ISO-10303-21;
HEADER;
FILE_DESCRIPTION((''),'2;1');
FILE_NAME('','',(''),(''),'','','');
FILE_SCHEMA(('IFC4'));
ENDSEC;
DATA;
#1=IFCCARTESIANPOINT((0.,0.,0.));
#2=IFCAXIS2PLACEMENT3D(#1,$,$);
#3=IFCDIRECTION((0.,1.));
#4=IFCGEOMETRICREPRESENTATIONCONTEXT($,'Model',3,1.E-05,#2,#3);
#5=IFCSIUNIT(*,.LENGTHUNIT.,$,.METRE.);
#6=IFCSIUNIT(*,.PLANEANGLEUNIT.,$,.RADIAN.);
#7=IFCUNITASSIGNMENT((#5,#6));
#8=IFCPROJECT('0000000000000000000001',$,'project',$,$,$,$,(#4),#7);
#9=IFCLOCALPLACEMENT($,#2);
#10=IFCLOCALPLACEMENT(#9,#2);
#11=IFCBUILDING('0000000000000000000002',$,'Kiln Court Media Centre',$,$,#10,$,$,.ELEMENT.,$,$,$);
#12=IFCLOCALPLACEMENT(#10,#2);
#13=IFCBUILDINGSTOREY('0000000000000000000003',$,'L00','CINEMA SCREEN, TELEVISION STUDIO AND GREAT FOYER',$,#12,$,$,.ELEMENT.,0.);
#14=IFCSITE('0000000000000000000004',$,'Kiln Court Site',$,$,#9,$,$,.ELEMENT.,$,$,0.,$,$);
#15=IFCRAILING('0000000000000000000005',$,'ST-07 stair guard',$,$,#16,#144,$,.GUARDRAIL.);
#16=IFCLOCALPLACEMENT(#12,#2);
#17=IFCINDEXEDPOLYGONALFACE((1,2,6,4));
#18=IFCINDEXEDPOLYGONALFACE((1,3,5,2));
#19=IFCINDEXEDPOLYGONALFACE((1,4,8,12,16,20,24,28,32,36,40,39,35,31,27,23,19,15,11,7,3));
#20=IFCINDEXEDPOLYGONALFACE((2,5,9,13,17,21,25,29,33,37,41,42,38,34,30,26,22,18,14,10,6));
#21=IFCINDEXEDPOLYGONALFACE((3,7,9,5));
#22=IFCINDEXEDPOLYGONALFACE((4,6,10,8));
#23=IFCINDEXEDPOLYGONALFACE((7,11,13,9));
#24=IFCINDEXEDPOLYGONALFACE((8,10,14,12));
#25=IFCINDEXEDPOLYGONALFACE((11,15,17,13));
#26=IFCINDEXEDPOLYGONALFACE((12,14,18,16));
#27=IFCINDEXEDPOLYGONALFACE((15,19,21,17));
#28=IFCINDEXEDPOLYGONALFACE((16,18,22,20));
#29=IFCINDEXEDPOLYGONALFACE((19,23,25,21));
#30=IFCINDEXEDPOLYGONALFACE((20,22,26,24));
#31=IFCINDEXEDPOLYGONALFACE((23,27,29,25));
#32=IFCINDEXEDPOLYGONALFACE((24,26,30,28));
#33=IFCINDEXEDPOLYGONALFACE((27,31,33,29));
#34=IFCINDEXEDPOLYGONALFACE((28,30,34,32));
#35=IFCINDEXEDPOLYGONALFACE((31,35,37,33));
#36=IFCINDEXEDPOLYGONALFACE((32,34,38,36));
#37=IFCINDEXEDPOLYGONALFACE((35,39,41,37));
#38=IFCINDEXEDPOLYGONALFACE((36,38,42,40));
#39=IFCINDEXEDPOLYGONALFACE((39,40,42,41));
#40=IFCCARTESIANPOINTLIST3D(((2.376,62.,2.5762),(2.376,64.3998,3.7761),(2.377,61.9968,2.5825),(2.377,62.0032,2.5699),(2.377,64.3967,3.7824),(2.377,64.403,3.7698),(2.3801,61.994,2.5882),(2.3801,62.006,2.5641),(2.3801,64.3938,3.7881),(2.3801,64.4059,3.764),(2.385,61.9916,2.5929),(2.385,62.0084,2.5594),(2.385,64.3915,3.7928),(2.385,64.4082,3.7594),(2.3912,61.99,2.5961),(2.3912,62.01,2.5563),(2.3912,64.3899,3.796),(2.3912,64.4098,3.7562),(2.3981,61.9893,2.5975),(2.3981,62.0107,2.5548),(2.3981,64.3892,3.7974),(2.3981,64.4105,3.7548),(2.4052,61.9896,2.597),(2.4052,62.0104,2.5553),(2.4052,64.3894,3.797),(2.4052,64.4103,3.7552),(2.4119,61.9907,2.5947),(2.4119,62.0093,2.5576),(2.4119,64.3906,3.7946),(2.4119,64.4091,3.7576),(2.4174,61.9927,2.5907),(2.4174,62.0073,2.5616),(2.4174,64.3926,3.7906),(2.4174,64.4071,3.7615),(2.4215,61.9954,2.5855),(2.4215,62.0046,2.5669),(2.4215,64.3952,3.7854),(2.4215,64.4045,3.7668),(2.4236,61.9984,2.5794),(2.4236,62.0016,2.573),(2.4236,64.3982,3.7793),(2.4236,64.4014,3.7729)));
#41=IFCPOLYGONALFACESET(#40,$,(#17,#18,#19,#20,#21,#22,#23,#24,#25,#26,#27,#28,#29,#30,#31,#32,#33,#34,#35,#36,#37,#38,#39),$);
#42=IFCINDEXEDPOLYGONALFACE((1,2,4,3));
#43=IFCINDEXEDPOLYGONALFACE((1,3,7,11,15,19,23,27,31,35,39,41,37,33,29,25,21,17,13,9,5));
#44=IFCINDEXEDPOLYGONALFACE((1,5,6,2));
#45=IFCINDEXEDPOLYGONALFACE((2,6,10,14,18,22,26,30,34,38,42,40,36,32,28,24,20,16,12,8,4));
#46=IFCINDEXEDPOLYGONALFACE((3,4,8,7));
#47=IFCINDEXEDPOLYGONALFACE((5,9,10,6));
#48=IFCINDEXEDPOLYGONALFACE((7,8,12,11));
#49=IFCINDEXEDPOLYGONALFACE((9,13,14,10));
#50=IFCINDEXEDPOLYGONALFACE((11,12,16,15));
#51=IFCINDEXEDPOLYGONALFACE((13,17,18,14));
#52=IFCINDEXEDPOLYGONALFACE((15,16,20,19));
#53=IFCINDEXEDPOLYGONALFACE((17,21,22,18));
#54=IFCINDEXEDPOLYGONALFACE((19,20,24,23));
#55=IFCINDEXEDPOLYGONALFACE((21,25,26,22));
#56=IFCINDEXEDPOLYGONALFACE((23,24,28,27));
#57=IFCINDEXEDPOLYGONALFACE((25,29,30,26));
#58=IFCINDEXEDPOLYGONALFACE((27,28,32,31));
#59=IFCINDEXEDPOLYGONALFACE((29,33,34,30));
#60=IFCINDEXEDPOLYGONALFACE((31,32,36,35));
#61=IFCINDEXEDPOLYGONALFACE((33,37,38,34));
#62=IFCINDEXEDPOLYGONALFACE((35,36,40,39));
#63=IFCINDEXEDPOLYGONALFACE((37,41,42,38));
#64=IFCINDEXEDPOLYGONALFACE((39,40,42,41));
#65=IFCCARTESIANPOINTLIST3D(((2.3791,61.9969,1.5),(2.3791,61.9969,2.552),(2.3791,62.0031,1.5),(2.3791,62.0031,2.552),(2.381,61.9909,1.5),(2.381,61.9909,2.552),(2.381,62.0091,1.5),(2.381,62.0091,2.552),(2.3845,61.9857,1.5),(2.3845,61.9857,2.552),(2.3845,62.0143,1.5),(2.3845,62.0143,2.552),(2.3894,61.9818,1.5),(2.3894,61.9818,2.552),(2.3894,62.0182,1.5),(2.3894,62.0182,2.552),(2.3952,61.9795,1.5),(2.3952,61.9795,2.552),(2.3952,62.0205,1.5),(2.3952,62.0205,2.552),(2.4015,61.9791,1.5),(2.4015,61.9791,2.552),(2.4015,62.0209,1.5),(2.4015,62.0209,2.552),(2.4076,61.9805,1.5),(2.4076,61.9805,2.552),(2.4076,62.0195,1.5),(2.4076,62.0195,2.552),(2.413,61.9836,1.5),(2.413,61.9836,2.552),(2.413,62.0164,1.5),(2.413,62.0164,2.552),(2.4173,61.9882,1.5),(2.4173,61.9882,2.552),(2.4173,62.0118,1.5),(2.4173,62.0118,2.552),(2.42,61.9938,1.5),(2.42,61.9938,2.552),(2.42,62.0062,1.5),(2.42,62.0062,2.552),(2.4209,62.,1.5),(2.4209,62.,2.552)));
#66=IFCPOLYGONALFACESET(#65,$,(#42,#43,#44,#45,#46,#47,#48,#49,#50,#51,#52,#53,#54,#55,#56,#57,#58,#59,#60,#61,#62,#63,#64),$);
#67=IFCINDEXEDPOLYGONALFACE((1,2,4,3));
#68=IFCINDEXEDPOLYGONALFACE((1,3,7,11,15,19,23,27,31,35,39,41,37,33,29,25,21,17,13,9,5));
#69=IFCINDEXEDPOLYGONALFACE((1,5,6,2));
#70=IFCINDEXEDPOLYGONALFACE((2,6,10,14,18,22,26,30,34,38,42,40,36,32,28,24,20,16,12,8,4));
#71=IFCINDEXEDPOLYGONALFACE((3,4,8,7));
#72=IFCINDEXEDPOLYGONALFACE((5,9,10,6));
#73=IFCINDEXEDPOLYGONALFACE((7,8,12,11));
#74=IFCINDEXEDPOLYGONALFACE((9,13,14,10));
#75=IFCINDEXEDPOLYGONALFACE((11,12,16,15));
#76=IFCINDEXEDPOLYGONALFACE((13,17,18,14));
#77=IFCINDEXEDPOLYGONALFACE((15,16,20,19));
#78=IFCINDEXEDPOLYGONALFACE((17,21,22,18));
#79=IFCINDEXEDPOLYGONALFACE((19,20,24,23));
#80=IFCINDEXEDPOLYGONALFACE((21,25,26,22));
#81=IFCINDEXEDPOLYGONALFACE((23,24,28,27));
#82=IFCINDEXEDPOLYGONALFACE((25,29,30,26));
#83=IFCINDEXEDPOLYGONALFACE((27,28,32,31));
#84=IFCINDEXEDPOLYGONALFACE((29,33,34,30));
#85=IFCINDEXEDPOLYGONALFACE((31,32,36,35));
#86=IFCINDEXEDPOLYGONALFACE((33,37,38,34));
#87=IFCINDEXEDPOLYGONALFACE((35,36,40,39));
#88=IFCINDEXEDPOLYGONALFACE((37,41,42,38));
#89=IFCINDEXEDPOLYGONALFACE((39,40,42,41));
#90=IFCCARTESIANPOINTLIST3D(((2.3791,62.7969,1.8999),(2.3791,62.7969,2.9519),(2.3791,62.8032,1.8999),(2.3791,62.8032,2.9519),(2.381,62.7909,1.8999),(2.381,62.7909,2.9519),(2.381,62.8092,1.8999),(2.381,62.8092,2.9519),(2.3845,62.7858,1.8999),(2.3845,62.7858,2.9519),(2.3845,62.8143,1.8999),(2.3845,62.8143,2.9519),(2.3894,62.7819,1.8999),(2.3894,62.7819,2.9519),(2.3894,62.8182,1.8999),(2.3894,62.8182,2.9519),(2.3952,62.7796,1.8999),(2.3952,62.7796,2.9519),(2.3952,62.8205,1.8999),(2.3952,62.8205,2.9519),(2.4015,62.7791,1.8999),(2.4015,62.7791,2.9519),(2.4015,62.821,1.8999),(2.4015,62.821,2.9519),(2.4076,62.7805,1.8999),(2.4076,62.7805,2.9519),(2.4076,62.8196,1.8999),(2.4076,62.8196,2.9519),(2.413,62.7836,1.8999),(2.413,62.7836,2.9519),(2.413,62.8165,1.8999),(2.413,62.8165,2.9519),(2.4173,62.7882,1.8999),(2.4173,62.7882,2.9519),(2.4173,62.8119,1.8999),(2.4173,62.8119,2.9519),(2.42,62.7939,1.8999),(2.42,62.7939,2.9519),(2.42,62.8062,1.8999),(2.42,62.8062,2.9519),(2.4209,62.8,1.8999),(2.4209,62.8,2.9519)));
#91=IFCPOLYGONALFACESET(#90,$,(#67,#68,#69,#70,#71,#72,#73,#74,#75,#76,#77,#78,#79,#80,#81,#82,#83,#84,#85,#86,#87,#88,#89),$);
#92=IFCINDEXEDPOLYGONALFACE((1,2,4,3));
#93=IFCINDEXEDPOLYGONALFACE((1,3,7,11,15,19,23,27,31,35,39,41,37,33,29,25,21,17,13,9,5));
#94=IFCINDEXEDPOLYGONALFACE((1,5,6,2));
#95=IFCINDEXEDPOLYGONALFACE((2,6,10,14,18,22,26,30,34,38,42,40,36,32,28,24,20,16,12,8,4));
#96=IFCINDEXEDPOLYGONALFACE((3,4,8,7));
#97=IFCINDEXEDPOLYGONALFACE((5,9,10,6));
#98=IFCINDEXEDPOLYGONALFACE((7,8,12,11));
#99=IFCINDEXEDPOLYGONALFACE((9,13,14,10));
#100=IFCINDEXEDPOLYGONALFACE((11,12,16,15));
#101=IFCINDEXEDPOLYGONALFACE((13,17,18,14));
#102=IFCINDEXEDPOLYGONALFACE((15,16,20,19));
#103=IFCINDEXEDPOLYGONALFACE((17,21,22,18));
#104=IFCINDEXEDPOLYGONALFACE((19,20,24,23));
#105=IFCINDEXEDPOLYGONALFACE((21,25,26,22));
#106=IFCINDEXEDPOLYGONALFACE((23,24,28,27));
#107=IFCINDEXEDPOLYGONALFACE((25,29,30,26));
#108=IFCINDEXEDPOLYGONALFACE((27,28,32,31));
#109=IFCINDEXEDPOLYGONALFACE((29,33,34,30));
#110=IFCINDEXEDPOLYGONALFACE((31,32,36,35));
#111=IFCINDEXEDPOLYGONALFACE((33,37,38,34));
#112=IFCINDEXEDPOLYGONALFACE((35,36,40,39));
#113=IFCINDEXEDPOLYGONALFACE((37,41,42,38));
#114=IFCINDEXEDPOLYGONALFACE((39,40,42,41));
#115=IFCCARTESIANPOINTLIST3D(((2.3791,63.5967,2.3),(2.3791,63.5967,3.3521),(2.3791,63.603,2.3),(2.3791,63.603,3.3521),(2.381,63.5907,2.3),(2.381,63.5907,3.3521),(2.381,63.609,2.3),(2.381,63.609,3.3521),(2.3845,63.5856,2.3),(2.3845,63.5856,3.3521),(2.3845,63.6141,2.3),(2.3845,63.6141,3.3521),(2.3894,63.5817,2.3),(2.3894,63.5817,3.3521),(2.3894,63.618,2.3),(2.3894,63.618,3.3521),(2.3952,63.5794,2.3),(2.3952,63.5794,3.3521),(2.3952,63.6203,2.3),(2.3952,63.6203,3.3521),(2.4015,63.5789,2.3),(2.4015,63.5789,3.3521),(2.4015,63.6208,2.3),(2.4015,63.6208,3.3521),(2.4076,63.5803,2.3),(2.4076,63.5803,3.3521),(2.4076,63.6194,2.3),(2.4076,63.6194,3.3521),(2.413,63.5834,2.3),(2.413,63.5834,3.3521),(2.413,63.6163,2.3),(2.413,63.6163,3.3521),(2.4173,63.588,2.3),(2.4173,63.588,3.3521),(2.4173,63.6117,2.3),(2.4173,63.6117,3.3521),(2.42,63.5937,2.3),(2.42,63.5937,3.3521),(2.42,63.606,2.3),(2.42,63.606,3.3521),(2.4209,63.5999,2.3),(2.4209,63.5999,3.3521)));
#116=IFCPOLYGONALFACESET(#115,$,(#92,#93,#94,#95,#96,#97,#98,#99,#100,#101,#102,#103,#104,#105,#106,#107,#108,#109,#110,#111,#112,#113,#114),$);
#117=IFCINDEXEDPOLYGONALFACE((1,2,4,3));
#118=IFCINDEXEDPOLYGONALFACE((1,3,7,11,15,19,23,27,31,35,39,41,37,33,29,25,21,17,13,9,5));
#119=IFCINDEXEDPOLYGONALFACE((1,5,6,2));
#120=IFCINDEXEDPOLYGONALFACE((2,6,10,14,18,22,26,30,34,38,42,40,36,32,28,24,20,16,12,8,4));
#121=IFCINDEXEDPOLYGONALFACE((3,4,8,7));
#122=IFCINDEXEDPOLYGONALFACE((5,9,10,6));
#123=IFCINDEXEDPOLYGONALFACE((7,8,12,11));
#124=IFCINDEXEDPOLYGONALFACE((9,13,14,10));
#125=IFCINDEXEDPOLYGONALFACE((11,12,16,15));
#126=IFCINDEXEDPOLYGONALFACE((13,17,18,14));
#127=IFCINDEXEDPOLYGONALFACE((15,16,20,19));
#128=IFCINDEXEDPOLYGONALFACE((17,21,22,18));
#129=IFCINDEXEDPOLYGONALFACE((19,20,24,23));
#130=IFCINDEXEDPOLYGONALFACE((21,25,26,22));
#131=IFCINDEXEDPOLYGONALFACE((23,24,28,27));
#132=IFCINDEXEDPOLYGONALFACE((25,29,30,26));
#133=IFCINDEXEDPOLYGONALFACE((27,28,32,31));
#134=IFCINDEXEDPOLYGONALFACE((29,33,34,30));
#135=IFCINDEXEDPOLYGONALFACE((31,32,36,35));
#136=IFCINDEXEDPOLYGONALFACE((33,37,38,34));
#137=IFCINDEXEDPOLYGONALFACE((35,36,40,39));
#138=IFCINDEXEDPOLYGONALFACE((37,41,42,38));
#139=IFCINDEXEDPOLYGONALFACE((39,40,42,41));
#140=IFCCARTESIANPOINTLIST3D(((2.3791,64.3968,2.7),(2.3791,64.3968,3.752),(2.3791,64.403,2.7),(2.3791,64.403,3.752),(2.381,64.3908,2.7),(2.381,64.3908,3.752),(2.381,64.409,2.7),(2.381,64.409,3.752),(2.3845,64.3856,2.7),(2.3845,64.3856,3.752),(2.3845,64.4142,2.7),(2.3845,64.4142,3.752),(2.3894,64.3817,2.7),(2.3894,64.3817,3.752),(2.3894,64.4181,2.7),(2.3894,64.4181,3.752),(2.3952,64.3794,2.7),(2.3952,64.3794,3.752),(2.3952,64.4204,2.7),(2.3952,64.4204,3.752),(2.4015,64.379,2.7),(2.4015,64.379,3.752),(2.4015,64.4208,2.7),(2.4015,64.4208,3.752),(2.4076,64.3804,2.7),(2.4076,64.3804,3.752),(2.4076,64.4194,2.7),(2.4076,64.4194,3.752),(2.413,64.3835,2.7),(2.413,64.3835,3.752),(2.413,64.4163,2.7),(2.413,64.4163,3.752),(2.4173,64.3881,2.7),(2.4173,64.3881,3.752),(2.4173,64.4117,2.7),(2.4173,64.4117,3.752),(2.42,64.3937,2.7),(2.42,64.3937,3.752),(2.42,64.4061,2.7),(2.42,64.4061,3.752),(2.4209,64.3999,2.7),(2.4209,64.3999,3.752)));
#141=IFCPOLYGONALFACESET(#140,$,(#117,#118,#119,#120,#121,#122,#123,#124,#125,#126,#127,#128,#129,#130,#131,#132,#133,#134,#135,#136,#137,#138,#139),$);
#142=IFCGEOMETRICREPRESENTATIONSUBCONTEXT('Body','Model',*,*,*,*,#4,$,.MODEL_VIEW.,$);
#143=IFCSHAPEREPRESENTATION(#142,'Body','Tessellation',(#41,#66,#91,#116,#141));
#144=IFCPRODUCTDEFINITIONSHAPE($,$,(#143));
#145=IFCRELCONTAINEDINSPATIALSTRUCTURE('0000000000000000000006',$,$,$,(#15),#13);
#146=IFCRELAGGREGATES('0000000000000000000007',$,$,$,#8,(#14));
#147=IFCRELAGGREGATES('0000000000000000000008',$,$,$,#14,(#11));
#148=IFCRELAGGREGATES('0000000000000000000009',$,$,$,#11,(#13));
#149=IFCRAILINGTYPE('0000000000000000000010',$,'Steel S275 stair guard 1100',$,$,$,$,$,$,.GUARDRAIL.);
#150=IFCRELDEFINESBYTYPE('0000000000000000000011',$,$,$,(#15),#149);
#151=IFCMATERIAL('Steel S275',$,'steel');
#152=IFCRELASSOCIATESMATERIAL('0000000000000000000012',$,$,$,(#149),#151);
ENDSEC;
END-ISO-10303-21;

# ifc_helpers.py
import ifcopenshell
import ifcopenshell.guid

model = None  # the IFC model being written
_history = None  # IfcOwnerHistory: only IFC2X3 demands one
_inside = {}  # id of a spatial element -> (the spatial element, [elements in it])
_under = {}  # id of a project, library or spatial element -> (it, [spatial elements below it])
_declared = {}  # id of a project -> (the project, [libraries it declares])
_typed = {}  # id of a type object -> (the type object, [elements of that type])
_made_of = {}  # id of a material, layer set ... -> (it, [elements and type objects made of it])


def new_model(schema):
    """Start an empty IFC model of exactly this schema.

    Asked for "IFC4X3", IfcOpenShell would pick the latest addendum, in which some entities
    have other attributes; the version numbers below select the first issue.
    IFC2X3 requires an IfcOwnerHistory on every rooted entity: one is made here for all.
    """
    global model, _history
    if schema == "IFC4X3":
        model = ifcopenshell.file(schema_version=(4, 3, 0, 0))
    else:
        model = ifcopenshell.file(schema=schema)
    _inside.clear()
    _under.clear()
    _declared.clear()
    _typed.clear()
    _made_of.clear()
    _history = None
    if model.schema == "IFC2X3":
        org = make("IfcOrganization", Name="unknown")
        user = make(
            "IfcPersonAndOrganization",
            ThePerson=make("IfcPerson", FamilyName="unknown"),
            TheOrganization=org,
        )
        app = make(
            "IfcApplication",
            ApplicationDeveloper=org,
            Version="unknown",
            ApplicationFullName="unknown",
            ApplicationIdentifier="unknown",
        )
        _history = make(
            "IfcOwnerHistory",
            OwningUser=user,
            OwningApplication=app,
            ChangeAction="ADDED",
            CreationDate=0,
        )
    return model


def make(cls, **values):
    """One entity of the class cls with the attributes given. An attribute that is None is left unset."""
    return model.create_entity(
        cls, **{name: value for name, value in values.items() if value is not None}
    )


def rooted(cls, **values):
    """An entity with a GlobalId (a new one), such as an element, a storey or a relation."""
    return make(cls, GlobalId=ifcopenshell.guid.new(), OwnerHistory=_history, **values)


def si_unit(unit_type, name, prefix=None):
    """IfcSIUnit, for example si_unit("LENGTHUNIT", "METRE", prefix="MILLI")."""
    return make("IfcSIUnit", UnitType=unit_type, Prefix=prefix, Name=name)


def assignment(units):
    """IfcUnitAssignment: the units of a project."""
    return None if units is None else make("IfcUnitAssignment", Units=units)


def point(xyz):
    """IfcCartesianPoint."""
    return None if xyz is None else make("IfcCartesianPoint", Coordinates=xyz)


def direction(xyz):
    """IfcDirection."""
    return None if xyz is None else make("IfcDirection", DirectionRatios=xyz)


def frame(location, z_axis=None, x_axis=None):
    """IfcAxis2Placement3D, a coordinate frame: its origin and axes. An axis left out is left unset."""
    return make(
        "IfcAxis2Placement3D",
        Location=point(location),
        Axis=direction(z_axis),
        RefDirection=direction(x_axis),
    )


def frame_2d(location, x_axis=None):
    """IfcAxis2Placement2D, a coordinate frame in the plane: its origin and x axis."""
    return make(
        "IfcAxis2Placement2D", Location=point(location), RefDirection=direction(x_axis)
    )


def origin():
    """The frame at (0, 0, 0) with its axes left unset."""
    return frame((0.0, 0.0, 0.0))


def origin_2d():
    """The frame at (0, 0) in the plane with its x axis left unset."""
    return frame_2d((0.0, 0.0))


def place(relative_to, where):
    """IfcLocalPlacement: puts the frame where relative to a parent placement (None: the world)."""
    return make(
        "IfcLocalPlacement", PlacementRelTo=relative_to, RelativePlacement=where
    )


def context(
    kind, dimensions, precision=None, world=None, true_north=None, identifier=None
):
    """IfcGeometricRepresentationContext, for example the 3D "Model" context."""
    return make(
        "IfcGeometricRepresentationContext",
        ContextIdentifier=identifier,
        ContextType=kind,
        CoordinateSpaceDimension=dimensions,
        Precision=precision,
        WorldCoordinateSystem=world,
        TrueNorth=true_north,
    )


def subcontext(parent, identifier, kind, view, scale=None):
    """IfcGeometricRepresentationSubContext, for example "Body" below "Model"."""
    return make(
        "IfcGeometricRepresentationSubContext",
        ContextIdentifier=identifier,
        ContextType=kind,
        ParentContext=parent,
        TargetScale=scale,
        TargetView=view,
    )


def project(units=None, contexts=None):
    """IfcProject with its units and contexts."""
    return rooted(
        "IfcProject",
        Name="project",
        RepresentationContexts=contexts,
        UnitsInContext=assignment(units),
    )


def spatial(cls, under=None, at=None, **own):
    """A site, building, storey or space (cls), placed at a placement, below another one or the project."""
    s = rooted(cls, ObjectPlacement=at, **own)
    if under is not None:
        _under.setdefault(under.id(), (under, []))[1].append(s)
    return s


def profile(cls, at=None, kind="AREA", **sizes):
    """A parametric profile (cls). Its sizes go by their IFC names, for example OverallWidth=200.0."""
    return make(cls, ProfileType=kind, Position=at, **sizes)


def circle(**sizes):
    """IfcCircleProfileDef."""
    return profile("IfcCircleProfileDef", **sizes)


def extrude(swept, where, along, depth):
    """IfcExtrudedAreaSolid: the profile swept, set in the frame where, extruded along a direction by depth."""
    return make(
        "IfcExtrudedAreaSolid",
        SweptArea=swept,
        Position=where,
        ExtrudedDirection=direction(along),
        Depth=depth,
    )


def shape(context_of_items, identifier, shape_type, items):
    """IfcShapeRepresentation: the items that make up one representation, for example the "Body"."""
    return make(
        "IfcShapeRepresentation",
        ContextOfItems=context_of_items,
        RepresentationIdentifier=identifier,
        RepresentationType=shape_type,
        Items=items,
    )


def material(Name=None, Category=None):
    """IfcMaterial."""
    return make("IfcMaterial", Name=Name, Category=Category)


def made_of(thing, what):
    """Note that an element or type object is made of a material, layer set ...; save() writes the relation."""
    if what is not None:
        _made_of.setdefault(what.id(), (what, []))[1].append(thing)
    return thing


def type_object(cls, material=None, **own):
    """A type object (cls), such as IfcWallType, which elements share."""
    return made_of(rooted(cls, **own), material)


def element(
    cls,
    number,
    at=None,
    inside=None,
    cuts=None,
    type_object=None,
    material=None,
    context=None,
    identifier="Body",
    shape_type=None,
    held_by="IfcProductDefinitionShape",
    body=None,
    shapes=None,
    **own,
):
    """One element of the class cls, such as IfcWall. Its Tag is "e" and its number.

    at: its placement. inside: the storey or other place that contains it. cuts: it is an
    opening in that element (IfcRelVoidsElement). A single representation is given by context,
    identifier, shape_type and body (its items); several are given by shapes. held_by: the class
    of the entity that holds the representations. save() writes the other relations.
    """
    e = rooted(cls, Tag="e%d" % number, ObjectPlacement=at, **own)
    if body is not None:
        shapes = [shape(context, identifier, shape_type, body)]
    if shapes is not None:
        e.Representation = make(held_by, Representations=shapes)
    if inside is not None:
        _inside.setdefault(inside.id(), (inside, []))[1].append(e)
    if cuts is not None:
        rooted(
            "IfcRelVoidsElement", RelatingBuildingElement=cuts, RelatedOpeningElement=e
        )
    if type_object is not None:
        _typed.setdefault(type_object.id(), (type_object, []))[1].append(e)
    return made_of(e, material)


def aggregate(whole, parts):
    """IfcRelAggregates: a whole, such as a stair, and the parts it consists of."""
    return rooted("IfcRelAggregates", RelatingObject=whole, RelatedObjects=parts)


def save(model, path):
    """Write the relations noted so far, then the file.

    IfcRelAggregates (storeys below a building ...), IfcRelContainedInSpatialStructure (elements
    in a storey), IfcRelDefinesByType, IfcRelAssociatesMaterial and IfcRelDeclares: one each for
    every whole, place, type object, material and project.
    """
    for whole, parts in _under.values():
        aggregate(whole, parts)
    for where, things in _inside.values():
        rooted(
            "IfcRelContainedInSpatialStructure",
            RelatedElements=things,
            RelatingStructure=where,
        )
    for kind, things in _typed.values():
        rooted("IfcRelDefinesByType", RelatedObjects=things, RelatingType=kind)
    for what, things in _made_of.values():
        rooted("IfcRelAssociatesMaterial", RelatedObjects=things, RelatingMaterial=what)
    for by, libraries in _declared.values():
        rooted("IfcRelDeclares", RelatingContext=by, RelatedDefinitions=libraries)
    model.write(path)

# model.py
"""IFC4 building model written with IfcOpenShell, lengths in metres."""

from ifc_helpers import new_model, si_unit, direction, frame, origin, origin_2d, place, context, subcontext, project, spatial, circle, extrude, material, type_object, element, save


model = new_model("IFC4")

# Units and contexts
model_context = context("Model", 3, precision=1e-05, world=origin(), true_north=direction((0.0, 1.0)))
body_context = subcontext(model_context, "Body", "Model", "MODEL_VIEW")
ifc_project = project(units=[si_unit("LENGTHUNIT", "METRE"), si_unit("PLANEANGLEUNIT", "RADIAN")], contexts=[model_context])

# Site, building, storey
site_placement = place(None, origin())
site = spatial("IfcSite", under=ifc_project, at=site_placement, Name="Kiln Court Site", CompositionType="ELEMENT", RefElevation=0.0)
building_placement = place(site_placement, origin())
building = spatial("IfcBuilding", under=site, at=building_placement, Name="Kiln Court Media Centre", CompositionType="ELEMENT")
storey_placement = place(building_placement, origin())
storey = spatial("IfcBuildingStorey", under=building, at=storey_placement, Name="L00", Description="CINEMA SCREEN, TELEVISION STUDIO AND GREAT FOYER", CompositionType="ELEMENT", Elevation=0.0)

# Railing
ifc_material_1 = material(Name="Steel S275", Category="steel")
railing_type_1 = type_object("IfcRailingType", Name="Steel S275 stair guard 1100", PredefinedType="GUARDRAIL", material=ifc_material_1)
railing_1_placement = place(storey_placement, frame((2.3999, 62.0, 1.5)))
element("IfcRailing", 1, at=railing_1_placement, inside=storey, type_object=railing_type_1, Name="ST-07 stair guard", PredefinedType="GUARDRAIL", context=body_context, shape_type="SweptSolid", body=[
    extrude(circle(Radius=0.0239, at=origin_2d()), frame((0.0, 0.0, 1.0762), z_axis=(0.0, 0.894427, 0.447214), x_axis=(-1.0, 0.0, 0.0)), (0.0, 0.0, 1.0), 2.6831),
    extrude(circle(Radius=0.021, at=origin_2d()), origin(), (0.0, 0.0, 1.0), 1.052),
    extrude(circle(Radius=0.021, at=origin_2d()), frame((0.0, 0.8, 0.3999)), (0.0, 0.0, 1.0), 1.052),
    extrude(circle(Radius=0.021, at=origin_2d()), frame((0.0, 1.5999, 0.8)), (0.0, 0.0, 1.0), 1.052),
    extrude(circle(Radius=0.021, at=origin_2d()), frame((0.0, 2.3999, 1.2)), (0.0, 0.0, 1.0), 1.052),
])

save(model, "model.ifc")
